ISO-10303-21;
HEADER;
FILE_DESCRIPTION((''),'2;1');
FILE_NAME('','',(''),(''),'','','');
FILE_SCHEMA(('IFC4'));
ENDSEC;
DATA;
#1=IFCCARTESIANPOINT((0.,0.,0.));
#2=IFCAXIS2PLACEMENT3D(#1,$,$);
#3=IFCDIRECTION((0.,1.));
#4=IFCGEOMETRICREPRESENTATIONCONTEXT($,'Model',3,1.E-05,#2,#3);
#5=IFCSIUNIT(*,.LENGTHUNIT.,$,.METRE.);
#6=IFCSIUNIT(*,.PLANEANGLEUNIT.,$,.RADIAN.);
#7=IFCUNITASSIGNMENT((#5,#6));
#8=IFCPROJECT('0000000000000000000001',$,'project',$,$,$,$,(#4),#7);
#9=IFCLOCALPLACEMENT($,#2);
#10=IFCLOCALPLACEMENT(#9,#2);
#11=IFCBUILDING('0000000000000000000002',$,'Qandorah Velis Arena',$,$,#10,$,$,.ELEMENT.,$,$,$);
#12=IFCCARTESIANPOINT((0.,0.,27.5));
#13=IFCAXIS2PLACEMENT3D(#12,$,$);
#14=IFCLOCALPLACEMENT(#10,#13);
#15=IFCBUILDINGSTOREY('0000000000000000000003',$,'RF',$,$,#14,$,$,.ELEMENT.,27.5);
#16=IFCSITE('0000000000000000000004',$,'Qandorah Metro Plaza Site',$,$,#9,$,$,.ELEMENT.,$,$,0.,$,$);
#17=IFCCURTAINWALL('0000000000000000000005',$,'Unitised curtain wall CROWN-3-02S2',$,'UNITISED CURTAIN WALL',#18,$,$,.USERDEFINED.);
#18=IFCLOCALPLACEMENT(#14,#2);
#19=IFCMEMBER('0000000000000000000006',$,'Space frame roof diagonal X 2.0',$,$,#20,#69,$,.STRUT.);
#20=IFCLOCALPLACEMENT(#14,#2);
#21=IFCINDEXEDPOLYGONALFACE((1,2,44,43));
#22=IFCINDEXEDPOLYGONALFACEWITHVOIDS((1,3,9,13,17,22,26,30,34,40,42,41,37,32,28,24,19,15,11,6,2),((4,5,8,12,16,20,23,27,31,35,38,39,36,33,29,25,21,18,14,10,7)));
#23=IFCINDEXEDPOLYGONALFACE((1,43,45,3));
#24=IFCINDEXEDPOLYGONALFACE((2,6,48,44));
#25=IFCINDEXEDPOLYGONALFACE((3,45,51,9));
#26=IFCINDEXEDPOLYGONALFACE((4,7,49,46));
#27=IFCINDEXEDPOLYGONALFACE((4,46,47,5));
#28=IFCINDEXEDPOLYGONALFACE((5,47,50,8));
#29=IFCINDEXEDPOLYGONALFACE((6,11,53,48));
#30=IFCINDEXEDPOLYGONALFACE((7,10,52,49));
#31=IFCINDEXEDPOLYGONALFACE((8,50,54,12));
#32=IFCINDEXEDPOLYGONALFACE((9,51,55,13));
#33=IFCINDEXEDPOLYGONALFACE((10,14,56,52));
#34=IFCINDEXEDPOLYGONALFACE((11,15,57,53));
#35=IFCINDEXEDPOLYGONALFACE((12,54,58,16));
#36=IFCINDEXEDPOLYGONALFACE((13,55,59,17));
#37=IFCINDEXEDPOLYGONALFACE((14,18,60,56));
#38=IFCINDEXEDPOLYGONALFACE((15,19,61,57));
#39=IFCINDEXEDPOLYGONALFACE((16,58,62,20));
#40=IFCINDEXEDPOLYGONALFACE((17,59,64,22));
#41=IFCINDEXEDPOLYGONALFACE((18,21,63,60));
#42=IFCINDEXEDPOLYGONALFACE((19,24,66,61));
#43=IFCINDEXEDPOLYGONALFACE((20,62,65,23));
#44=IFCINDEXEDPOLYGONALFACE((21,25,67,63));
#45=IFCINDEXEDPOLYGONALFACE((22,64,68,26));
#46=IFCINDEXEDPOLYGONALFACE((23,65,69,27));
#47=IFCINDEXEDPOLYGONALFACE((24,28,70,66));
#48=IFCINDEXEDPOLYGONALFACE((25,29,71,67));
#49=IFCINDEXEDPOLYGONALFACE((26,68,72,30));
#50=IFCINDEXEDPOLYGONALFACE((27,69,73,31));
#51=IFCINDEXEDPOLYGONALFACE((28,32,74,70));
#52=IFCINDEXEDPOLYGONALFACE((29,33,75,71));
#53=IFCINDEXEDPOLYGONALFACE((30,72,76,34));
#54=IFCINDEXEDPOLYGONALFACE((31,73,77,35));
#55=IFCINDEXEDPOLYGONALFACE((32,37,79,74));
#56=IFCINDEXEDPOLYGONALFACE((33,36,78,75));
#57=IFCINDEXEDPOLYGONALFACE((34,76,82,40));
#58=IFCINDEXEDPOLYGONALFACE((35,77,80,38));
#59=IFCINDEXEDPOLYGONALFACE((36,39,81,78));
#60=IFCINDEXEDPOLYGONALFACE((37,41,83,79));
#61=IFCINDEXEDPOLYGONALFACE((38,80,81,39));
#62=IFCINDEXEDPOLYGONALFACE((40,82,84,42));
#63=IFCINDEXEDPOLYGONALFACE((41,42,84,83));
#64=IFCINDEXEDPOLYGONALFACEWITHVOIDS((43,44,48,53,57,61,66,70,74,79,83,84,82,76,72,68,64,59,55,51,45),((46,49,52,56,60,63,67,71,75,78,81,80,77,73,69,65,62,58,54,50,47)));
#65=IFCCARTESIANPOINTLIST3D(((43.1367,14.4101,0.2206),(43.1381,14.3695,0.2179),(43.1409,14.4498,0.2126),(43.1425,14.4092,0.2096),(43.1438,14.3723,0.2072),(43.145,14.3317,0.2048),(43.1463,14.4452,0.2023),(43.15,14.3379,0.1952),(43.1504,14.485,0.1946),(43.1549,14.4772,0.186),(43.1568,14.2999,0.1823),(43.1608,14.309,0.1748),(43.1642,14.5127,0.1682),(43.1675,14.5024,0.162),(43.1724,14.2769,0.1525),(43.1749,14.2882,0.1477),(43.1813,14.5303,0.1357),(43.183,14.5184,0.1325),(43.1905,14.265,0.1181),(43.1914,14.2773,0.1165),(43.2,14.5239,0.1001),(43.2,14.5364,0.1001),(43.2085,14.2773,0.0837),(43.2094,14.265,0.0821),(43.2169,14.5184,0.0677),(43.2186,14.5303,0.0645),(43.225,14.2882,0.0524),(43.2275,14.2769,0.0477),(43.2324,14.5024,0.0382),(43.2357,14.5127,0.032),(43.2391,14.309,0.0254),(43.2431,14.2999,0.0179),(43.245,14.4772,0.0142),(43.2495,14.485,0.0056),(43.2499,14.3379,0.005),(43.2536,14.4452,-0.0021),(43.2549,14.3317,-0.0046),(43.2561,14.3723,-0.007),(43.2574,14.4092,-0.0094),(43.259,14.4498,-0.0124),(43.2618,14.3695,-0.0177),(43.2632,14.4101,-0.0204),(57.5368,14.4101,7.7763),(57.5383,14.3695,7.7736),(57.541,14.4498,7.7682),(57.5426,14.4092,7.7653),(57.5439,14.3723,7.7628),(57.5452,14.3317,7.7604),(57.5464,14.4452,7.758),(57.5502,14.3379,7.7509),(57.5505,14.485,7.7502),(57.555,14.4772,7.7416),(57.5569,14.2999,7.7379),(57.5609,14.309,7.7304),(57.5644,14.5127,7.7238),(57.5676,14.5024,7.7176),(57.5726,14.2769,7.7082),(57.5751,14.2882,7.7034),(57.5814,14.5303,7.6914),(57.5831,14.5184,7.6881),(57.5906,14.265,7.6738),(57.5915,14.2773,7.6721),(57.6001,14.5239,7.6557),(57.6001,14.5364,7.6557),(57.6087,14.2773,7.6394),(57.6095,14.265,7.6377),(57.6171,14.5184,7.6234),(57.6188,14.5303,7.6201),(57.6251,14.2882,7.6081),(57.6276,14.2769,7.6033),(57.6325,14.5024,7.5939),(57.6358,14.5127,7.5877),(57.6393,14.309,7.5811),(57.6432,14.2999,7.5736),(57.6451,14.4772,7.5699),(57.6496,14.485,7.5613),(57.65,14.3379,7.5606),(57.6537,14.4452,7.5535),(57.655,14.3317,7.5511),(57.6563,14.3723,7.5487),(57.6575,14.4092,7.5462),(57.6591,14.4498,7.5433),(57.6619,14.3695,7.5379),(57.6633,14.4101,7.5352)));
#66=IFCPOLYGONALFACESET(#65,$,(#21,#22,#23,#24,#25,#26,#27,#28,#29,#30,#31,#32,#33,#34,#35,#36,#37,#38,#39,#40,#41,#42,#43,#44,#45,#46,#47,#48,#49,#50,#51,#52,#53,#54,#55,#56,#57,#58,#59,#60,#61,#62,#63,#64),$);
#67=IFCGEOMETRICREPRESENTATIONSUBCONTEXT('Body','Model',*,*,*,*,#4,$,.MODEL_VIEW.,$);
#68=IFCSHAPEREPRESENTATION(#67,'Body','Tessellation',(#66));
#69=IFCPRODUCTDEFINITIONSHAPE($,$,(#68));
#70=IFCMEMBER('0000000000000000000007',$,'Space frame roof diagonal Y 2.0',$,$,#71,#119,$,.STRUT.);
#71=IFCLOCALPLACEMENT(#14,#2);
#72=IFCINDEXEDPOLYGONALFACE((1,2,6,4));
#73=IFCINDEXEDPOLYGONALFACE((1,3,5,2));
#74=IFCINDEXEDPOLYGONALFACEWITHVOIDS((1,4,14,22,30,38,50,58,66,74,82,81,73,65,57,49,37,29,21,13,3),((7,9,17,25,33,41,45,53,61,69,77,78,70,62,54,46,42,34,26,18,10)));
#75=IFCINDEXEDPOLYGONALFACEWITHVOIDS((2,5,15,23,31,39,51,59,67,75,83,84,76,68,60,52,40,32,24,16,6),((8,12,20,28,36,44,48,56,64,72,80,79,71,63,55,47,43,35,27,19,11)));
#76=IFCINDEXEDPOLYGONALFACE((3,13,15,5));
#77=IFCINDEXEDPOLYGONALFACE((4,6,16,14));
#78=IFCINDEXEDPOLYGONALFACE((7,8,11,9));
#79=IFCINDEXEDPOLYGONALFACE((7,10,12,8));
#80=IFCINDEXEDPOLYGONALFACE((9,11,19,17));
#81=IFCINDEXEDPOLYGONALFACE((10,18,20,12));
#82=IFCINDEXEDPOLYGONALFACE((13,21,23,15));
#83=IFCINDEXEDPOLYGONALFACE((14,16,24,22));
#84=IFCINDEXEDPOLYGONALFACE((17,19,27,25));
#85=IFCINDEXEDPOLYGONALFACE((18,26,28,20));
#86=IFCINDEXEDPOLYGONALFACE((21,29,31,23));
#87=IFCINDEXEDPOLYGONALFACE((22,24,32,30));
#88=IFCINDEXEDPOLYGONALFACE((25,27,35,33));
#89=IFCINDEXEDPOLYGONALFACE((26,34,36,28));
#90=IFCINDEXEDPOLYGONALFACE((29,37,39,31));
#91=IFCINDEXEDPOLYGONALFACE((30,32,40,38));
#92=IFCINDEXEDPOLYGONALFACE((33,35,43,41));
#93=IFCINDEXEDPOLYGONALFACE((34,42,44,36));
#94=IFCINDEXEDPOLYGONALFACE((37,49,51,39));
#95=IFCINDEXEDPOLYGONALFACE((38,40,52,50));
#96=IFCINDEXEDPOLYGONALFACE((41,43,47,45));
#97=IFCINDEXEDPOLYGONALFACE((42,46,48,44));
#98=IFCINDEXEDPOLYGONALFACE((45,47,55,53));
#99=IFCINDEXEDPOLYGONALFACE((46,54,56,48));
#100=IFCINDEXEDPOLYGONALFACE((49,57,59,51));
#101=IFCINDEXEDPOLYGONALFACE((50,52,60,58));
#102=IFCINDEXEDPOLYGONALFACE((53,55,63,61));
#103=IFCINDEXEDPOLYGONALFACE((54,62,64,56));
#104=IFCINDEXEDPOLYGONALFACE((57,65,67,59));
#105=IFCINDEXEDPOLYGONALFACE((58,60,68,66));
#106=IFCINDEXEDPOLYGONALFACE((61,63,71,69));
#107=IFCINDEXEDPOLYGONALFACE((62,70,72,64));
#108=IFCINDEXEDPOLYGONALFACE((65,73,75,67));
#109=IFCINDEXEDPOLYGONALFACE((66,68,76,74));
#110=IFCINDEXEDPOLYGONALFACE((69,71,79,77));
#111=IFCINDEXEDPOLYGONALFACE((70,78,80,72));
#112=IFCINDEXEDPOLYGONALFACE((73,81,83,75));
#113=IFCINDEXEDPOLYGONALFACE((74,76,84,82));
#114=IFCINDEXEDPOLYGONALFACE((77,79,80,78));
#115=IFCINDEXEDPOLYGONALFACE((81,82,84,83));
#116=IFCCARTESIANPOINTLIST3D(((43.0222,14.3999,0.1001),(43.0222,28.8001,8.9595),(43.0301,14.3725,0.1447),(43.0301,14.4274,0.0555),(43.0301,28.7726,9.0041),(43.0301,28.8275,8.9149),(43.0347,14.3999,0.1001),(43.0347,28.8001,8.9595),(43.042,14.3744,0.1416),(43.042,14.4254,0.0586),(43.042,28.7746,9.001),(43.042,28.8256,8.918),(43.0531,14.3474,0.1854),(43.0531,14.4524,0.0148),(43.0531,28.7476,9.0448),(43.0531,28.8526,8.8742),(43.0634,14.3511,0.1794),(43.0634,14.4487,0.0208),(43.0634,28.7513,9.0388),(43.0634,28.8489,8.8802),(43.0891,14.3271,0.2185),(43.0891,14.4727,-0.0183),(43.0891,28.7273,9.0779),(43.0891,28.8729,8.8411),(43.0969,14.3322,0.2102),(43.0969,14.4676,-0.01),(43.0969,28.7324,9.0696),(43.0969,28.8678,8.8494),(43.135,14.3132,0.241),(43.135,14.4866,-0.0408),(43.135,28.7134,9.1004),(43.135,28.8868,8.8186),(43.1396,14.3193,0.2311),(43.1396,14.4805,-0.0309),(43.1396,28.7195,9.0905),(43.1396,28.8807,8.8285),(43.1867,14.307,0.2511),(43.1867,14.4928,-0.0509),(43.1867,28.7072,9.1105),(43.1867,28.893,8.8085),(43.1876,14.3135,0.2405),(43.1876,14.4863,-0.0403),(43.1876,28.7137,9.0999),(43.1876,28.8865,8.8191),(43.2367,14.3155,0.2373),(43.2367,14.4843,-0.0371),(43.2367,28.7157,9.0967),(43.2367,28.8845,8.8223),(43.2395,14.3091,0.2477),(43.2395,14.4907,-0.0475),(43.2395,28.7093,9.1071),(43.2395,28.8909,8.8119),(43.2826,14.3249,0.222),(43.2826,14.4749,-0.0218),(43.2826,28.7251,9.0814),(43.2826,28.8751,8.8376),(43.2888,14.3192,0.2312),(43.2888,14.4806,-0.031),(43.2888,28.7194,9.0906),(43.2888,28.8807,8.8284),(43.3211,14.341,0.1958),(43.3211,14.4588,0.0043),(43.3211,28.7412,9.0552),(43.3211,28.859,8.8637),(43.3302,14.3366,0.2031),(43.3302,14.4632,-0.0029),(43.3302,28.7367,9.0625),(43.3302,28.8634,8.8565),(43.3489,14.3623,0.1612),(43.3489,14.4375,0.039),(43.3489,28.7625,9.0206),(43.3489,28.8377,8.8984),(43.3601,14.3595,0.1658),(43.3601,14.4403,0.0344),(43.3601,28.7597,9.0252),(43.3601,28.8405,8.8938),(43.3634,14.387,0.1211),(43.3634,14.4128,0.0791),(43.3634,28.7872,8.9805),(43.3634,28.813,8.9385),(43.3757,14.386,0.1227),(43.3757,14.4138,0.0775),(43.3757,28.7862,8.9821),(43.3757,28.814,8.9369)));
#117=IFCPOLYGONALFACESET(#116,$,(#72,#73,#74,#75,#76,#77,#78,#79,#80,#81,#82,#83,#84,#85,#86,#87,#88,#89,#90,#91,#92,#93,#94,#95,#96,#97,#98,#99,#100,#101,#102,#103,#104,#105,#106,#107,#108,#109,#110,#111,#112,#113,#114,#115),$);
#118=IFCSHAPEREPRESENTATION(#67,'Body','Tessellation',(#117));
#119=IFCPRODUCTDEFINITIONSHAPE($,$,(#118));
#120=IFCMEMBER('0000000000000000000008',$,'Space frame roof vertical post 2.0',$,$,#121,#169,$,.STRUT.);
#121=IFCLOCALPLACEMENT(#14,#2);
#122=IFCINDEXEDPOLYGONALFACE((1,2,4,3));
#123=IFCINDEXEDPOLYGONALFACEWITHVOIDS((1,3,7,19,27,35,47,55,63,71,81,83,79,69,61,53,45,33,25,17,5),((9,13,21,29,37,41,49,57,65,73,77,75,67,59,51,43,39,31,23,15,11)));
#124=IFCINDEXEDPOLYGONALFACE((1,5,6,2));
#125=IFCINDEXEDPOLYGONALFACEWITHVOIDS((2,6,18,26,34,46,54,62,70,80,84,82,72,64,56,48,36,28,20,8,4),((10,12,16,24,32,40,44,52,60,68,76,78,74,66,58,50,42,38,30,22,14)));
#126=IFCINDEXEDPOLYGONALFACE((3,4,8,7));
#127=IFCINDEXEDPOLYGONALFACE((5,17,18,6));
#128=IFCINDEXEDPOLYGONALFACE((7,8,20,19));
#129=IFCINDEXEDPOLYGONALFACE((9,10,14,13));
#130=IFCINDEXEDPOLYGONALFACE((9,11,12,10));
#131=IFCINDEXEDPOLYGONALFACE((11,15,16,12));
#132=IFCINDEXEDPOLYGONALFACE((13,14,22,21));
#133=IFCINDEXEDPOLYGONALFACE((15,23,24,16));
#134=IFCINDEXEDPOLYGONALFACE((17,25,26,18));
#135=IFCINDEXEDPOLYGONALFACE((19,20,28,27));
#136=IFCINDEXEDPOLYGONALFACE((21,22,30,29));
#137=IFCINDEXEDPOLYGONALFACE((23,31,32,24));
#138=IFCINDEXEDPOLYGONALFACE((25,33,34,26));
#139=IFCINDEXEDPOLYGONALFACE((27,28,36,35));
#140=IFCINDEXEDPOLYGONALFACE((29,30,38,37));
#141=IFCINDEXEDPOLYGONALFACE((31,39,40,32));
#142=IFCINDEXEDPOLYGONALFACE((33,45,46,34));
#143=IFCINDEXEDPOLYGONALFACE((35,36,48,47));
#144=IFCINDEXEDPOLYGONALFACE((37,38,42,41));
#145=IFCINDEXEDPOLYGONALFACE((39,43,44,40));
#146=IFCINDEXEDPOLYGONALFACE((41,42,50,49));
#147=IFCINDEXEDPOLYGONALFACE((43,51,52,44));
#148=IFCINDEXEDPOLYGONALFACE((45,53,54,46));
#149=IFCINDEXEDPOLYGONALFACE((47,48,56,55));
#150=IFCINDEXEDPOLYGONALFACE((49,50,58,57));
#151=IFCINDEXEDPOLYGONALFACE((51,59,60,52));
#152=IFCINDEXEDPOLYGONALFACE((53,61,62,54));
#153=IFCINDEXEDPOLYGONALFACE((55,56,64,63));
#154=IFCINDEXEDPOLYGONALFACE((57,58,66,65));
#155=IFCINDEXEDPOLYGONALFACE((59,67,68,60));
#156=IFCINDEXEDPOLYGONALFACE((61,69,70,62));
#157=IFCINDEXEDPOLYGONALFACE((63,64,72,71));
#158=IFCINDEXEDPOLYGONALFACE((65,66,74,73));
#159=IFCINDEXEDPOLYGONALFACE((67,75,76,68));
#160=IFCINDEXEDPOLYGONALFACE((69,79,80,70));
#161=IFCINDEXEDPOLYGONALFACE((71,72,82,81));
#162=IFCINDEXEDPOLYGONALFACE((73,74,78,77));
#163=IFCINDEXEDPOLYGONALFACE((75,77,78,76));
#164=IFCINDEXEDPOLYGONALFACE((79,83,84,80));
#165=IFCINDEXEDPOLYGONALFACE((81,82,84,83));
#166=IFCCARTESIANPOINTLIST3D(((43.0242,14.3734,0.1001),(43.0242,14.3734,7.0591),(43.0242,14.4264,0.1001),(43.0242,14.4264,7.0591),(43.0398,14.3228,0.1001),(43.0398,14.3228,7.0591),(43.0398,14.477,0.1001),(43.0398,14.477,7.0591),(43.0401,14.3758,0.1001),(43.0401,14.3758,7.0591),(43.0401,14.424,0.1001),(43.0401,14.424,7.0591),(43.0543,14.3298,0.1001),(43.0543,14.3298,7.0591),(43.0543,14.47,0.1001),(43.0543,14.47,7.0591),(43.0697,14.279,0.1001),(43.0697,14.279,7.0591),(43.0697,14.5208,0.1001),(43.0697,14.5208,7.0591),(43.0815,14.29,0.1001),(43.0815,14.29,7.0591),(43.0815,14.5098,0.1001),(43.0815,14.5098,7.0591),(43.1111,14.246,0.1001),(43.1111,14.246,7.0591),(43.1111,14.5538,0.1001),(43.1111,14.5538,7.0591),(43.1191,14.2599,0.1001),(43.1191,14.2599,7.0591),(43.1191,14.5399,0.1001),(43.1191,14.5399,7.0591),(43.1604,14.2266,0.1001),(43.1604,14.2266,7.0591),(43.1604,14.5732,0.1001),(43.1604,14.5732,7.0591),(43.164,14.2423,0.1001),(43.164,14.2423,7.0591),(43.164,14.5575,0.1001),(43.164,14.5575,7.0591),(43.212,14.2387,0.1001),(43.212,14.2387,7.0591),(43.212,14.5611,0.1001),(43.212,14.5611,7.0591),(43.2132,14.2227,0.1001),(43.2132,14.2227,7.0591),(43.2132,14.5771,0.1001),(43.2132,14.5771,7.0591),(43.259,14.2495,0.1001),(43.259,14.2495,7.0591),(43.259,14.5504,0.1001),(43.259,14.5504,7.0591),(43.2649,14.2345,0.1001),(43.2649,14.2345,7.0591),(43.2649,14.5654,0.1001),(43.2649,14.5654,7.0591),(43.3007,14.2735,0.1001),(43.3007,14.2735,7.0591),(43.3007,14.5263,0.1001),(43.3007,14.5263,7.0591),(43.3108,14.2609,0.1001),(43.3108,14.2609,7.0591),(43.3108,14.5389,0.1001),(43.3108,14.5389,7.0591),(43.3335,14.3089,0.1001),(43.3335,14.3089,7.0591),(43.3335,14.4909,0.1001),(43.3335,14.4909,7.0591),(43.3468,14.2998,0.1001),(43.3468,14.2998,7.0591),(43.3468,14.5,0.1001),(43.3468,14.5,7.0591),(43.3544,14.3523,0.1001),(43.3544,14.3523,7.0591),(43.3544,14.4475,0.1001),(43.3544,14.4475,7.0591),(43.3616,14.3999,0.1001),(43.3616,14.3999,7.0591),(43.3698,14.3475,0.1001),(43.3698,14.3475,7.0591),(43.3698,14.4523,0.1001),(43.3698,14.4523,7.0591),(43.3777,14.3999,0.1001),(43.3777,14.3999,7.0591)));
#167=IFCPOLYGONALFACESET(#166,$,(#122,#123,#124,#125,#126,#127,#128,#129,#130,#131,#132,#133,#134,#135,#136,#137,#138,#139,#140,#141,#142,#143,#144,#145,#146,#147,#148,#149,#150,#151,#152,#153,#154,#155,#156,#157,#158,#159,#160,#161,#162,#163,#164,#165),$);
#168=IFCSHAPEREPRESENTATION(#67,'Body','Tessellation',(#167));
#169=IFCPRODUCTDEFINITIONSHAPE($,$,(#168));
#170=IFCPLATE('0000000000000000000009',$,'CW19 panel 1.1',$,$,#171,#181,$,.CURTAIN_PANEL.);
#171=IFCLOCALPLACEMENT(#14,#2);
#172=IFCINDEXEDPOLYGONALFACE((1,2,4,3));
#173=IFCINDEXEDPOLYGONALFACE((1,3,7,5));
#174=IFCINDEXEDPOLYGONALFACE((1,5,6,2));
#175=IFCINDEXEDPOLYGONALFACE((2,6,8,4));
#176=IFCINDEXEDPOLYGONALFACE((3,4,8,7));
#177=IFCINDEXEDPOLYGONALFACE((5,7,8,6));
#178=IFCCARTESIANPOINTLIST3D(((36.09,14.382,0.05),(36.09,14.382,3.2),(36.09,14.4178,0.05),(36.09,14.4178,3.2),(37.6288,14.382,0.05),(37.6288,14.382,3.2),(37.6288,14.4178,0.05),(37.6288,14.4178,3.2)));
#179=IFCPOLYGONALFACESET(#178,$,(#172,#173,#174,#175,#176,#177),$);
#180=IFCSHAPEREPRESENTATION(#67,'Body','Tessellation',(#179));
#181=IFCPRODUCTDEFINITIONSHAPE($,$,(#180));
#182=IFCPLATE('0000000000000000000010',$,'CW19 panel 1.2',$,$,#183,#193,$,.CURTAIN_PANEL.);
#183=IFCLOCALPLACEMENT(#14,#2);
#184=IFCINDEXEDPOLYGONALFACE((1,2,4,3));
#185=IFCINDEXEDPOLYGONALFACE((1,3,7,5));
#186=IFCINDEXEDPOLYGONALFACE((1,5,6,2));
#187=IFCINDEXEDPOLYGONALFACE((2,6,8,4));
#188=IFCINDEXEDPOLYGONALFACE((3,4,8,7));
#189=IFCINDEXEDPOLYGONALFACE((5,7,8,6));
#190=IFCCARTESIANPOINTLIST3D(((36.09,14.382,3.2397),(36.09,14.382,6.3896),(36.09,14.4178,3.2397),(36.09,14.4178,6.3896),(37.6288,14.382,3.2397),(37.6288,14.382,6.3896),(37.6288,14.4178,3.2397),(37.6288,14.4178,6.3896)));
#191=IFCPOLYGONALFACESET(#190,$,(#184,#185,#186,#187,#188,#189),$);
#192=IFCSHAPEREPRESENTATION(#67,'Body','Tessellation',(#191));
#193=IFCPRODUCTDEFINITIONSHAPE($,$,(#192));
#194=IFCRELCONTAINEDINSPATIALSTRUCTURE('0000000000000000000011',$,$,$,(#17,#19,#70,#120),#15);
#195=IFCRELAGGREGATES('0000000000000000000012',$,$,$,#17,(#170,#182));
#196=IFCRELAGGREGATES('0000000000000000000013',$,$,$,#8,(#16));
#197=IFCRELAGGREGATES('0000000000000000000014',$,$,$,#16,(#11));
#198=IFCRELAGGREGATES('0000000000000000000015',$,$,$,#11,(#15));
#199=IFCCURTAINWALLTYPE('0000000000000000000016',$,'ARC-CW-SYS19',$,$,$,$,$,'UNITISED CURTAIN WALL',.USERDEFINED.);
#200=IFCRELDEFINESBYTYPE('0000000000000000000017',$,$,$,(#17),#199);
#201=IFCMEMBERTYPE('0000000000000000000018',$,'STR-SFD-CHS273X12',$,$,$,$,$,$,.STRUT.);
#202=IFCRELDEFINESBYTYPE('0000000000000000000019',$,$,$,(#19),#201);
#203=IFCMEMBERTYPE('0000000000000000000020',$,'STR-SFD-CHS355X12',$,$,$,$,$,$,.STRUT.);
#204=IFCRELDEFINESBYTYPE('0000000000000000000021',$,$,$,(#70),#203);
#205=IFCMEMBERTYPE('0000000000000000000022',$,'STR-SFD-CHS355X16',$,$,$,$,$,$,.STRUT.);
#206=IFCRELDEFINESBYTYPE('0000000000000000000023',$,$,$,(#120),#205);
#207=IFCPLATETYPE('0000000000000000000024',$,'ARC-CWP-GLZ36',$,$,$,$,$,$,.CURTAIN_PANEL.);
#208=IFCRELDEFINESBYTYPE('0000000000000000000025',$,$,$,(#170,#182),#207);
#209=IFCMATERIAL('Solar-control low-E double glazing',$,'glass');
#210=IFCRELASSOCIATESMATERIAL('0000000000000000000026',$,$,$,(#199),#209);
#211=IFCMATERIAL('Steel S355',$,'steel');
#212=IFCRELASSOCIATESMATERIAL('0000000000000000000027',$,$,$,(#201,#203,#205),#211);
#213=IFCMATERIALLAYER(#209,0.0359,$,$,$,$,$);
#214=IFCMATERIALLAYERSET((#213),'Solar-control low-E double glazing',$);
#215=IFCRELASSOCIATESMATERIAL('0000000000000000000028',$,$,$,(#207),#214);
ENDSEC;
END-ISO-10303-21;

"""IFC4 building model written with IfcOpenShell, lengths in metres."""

from ifc_helpers import new_model, si_unit, direction, frame, origin, origin_2d, place, context, subcontext, project, spatial, rectangle, hollow_circle, extrude, material, layer, layer_set, material_profile, profile_set, type_object, element, aggregate, save


model = new_model("IFC4")

# Units and contexts
model_context = context("Model", 3, precision=1e-05, world=origin(), true_north=direction((0.0, 1.0)))
body_context = subcontext(model_context, "Body", "Model", "MODEL_VIEW")
ifc_project = project(units=[si_unit("LENGTHUNIT", "METRE"), si_unit("PLANEANGLEUNIT", "RADIAN")], contexts=[model_context])

# Site, building, storey
site_placement = place(None, origin())
site = spatial("IfcSite", under=ifc_project, at=site_placement, Name="Qandorah Metro Plaza Site", CompositionType="ELEMENT", RefElevation=0.0)
building_placement = place(site_placement, origin())
building = spatial("IfcBuilding", under=site, at=building_placement, Name="Qandorah Velis Arena", CompositionType="ELEMENT")
storey_placement = place(building_placement, frame((0.0, 0.0, 27.5)))
storey = spatial("IfcBuildingStorey", under=building, at=storey_placement, Name="RF", CompositionType="ELEMENT", Elevation=27.5)

# Curtain wall
ifc_material_1 = material(Name="Solar-control low-E double glazing", Category="glass")
curtain_wall_type = type_object("IfcCurtainWallType", Name="ARC-CW-SYS19", ElementType="UNITISED CURTAIN WALL", PredefinedType="USERDEFINED", material=ifc_material_1)
curtain_wall_1_placement = place(storey_placement, origin())
curtain_wall_1 = element("IfcCurtainWall", 1, at=curtain_wall_1_placement, inside=storey, type_object=curtain_wall_type, Name="Unitised curtain wall CROWN-3-02S2", ObjectType="UNITISED CURTAIN WALL", PredefinedType="USERDEFINED")

# Shared definitions
ifc_material_2 = material(Name="Steel S355", Category="steel")

# Members
ifc_material_profile_1 = material_profile(ifc_material_2, hollow_circle(Radius=0.1365, WallThickness=0.0125, at=origin_2d()), Name="CHS 273x12.5")
ifc_profile_set_1 = profile_set([ifc_material_profile_1], Name="Steel S355")
member_type_1 = type_object("IfcMemberType", Name="STR-SFD-CHS273X12", PredefinedType="STRUT", material=ifc_profile_set_1)
member_1_placement = place(storey_placement, frame((43.2, 14.3999, 0.1001), z_axis=(0.88551, 0.0, 0.464621), x_axis=(0.0, 1.0, 0.0)))
element("IfcMember", 2, at=member_1_placement, inside=storey, type_object=member_type_1, Name="Space frame roof diagonal X 2.0", PredefinedType="STRUT", context=body_context, shape_type="SweptSolid", body=[
    extrude(hollow_circle(Radius=0.1365, WallThickness=0.0125, at=origin_2d()), origin(), (0.0, 0.0, 1.0), 16.262),
])
ifc_material_profile_2 = material_profile(ifc_material_2, hollow_circle(Radius=0.1777, WallThickness=0.0125, at=origin_2d()), Name="CHS 355.6x12.5")
ifc_profile_set_2 = profile_set([ifc_material_profile_2], Name="Steel S355")
member_type_2 = type_object("IfcMemberType", Name="STR-SFD-CHS355X12", PredefinedType="STRUT", material=ifc_profile_set_2)
member_2_placement = place(storey_placement, frame((43.2, 14.3999, 0.1001), z_axis=(0.0, 0.851718, 0.524001), x_axis=(-1.0, 0.0, 0.0)))
element("IfcMember", 3, at=member_2_placement, inside=storey, type_object=member_type_2, Name="Space frame roof diagonal Y 2.0", PredefinedType="STRUT", context=body_context, shape_type="SweptSolid", body=[
    extrude(hollow_circle(Radius=0.1777, WallThickness=0.0125, at=origin_2d()), origin(), (0.0, 0.0, 1.0), 16.9072),
])
ifc_material_profile_3 = material_profile(ifc_material_2, hollow_circle(Radius=0.1777, WallThickness=0.0161, at=origin_2d()), Name="CHS 355.6x16")
ifc_profile_set_3 = profile_set([ifc_material_profile_3], Name="Steel S355")
member_type_3 = type_object("IfcMemberType", Name="STR-SFD-CHS355X16", PredefinedType="STRUT", material=ifc_profile_set_3)
member_3_placement = place(storey_placement, frame((43.2, 14.3999, 0.1001), z_axis=(0.0, 0.0, 1.0), x_axis=(1.0, 0.0, 0.0)))
element("IfcMember", 4, at=member_3_placement, inside=storey, type_object=member_type_3, Name="Space frame roof vertical post 2.0", PredefinedType="STRUT", context=body_context, shape_type="SweptSolid", body=[
    extrude(hollow_circle(Radius=0.1777, WallThickness=0.0161, at=origin_2d()), origin(), (0.0, 0.0, 1.0), 6.959),
])

# Plates
ifc_layer_1 = layer(ifc_material_1, 0.0359)
ifc_layer_set_1 = layer_set([ifc_layer_1], Name="Solar-control low-E double glazing")
plate_type_1 = type_object("IfcPlateType", Name="ARC-CWP-GLZ36", PredefinedType="CURTAIN_PANEL", material=ifc_layer_set_1)
plate_1_placement = place(storey_placement, frame((36.8594, 14.3999, 0.05), z_axis=(0.0, 0.0, 1.0), x_axis=(1.0, 0.0, 0.0)))
plate_1 = element("IfcPlate", 5, at=plate_1_placement, type_object=plate_type_1, Name="CW19 panel 1.1", PredefinedType="CURTAIN_PANEL", context=body_context, shape_type="SweptSolid", body=[
    extrude(rectangle(XDim=1.5388, YDim=0.0359, at=origin_2d()), origin(), (0.0, 0.0, 1.0), 3.1499),
])
plate_2_placement = place(storey_placement, frame((36.8594, 14.3999, 3.2397), z_axis=(0.0, 0.0, 1.0), x_axis=(1.0, 0.0, 0.0)))
plate_2 = element("IfcPlate", 6, at=plate_2_placement, type_object=plate_type_1, Name="CW19 panel 1.2", PredefinedType="CURTAIN_PANEL", context=body_context, shape_type="SweptSolid", body=[
    extrude(rectangle(XDim=1.5388, YDim=0.0359, at=origin_2d()), origin(), (0.0, 0.0, 1.0), 3.1499),
])
aggregate(curtain_wall_1, [plate_1, plate_2])

save(model, "model.ifc")
